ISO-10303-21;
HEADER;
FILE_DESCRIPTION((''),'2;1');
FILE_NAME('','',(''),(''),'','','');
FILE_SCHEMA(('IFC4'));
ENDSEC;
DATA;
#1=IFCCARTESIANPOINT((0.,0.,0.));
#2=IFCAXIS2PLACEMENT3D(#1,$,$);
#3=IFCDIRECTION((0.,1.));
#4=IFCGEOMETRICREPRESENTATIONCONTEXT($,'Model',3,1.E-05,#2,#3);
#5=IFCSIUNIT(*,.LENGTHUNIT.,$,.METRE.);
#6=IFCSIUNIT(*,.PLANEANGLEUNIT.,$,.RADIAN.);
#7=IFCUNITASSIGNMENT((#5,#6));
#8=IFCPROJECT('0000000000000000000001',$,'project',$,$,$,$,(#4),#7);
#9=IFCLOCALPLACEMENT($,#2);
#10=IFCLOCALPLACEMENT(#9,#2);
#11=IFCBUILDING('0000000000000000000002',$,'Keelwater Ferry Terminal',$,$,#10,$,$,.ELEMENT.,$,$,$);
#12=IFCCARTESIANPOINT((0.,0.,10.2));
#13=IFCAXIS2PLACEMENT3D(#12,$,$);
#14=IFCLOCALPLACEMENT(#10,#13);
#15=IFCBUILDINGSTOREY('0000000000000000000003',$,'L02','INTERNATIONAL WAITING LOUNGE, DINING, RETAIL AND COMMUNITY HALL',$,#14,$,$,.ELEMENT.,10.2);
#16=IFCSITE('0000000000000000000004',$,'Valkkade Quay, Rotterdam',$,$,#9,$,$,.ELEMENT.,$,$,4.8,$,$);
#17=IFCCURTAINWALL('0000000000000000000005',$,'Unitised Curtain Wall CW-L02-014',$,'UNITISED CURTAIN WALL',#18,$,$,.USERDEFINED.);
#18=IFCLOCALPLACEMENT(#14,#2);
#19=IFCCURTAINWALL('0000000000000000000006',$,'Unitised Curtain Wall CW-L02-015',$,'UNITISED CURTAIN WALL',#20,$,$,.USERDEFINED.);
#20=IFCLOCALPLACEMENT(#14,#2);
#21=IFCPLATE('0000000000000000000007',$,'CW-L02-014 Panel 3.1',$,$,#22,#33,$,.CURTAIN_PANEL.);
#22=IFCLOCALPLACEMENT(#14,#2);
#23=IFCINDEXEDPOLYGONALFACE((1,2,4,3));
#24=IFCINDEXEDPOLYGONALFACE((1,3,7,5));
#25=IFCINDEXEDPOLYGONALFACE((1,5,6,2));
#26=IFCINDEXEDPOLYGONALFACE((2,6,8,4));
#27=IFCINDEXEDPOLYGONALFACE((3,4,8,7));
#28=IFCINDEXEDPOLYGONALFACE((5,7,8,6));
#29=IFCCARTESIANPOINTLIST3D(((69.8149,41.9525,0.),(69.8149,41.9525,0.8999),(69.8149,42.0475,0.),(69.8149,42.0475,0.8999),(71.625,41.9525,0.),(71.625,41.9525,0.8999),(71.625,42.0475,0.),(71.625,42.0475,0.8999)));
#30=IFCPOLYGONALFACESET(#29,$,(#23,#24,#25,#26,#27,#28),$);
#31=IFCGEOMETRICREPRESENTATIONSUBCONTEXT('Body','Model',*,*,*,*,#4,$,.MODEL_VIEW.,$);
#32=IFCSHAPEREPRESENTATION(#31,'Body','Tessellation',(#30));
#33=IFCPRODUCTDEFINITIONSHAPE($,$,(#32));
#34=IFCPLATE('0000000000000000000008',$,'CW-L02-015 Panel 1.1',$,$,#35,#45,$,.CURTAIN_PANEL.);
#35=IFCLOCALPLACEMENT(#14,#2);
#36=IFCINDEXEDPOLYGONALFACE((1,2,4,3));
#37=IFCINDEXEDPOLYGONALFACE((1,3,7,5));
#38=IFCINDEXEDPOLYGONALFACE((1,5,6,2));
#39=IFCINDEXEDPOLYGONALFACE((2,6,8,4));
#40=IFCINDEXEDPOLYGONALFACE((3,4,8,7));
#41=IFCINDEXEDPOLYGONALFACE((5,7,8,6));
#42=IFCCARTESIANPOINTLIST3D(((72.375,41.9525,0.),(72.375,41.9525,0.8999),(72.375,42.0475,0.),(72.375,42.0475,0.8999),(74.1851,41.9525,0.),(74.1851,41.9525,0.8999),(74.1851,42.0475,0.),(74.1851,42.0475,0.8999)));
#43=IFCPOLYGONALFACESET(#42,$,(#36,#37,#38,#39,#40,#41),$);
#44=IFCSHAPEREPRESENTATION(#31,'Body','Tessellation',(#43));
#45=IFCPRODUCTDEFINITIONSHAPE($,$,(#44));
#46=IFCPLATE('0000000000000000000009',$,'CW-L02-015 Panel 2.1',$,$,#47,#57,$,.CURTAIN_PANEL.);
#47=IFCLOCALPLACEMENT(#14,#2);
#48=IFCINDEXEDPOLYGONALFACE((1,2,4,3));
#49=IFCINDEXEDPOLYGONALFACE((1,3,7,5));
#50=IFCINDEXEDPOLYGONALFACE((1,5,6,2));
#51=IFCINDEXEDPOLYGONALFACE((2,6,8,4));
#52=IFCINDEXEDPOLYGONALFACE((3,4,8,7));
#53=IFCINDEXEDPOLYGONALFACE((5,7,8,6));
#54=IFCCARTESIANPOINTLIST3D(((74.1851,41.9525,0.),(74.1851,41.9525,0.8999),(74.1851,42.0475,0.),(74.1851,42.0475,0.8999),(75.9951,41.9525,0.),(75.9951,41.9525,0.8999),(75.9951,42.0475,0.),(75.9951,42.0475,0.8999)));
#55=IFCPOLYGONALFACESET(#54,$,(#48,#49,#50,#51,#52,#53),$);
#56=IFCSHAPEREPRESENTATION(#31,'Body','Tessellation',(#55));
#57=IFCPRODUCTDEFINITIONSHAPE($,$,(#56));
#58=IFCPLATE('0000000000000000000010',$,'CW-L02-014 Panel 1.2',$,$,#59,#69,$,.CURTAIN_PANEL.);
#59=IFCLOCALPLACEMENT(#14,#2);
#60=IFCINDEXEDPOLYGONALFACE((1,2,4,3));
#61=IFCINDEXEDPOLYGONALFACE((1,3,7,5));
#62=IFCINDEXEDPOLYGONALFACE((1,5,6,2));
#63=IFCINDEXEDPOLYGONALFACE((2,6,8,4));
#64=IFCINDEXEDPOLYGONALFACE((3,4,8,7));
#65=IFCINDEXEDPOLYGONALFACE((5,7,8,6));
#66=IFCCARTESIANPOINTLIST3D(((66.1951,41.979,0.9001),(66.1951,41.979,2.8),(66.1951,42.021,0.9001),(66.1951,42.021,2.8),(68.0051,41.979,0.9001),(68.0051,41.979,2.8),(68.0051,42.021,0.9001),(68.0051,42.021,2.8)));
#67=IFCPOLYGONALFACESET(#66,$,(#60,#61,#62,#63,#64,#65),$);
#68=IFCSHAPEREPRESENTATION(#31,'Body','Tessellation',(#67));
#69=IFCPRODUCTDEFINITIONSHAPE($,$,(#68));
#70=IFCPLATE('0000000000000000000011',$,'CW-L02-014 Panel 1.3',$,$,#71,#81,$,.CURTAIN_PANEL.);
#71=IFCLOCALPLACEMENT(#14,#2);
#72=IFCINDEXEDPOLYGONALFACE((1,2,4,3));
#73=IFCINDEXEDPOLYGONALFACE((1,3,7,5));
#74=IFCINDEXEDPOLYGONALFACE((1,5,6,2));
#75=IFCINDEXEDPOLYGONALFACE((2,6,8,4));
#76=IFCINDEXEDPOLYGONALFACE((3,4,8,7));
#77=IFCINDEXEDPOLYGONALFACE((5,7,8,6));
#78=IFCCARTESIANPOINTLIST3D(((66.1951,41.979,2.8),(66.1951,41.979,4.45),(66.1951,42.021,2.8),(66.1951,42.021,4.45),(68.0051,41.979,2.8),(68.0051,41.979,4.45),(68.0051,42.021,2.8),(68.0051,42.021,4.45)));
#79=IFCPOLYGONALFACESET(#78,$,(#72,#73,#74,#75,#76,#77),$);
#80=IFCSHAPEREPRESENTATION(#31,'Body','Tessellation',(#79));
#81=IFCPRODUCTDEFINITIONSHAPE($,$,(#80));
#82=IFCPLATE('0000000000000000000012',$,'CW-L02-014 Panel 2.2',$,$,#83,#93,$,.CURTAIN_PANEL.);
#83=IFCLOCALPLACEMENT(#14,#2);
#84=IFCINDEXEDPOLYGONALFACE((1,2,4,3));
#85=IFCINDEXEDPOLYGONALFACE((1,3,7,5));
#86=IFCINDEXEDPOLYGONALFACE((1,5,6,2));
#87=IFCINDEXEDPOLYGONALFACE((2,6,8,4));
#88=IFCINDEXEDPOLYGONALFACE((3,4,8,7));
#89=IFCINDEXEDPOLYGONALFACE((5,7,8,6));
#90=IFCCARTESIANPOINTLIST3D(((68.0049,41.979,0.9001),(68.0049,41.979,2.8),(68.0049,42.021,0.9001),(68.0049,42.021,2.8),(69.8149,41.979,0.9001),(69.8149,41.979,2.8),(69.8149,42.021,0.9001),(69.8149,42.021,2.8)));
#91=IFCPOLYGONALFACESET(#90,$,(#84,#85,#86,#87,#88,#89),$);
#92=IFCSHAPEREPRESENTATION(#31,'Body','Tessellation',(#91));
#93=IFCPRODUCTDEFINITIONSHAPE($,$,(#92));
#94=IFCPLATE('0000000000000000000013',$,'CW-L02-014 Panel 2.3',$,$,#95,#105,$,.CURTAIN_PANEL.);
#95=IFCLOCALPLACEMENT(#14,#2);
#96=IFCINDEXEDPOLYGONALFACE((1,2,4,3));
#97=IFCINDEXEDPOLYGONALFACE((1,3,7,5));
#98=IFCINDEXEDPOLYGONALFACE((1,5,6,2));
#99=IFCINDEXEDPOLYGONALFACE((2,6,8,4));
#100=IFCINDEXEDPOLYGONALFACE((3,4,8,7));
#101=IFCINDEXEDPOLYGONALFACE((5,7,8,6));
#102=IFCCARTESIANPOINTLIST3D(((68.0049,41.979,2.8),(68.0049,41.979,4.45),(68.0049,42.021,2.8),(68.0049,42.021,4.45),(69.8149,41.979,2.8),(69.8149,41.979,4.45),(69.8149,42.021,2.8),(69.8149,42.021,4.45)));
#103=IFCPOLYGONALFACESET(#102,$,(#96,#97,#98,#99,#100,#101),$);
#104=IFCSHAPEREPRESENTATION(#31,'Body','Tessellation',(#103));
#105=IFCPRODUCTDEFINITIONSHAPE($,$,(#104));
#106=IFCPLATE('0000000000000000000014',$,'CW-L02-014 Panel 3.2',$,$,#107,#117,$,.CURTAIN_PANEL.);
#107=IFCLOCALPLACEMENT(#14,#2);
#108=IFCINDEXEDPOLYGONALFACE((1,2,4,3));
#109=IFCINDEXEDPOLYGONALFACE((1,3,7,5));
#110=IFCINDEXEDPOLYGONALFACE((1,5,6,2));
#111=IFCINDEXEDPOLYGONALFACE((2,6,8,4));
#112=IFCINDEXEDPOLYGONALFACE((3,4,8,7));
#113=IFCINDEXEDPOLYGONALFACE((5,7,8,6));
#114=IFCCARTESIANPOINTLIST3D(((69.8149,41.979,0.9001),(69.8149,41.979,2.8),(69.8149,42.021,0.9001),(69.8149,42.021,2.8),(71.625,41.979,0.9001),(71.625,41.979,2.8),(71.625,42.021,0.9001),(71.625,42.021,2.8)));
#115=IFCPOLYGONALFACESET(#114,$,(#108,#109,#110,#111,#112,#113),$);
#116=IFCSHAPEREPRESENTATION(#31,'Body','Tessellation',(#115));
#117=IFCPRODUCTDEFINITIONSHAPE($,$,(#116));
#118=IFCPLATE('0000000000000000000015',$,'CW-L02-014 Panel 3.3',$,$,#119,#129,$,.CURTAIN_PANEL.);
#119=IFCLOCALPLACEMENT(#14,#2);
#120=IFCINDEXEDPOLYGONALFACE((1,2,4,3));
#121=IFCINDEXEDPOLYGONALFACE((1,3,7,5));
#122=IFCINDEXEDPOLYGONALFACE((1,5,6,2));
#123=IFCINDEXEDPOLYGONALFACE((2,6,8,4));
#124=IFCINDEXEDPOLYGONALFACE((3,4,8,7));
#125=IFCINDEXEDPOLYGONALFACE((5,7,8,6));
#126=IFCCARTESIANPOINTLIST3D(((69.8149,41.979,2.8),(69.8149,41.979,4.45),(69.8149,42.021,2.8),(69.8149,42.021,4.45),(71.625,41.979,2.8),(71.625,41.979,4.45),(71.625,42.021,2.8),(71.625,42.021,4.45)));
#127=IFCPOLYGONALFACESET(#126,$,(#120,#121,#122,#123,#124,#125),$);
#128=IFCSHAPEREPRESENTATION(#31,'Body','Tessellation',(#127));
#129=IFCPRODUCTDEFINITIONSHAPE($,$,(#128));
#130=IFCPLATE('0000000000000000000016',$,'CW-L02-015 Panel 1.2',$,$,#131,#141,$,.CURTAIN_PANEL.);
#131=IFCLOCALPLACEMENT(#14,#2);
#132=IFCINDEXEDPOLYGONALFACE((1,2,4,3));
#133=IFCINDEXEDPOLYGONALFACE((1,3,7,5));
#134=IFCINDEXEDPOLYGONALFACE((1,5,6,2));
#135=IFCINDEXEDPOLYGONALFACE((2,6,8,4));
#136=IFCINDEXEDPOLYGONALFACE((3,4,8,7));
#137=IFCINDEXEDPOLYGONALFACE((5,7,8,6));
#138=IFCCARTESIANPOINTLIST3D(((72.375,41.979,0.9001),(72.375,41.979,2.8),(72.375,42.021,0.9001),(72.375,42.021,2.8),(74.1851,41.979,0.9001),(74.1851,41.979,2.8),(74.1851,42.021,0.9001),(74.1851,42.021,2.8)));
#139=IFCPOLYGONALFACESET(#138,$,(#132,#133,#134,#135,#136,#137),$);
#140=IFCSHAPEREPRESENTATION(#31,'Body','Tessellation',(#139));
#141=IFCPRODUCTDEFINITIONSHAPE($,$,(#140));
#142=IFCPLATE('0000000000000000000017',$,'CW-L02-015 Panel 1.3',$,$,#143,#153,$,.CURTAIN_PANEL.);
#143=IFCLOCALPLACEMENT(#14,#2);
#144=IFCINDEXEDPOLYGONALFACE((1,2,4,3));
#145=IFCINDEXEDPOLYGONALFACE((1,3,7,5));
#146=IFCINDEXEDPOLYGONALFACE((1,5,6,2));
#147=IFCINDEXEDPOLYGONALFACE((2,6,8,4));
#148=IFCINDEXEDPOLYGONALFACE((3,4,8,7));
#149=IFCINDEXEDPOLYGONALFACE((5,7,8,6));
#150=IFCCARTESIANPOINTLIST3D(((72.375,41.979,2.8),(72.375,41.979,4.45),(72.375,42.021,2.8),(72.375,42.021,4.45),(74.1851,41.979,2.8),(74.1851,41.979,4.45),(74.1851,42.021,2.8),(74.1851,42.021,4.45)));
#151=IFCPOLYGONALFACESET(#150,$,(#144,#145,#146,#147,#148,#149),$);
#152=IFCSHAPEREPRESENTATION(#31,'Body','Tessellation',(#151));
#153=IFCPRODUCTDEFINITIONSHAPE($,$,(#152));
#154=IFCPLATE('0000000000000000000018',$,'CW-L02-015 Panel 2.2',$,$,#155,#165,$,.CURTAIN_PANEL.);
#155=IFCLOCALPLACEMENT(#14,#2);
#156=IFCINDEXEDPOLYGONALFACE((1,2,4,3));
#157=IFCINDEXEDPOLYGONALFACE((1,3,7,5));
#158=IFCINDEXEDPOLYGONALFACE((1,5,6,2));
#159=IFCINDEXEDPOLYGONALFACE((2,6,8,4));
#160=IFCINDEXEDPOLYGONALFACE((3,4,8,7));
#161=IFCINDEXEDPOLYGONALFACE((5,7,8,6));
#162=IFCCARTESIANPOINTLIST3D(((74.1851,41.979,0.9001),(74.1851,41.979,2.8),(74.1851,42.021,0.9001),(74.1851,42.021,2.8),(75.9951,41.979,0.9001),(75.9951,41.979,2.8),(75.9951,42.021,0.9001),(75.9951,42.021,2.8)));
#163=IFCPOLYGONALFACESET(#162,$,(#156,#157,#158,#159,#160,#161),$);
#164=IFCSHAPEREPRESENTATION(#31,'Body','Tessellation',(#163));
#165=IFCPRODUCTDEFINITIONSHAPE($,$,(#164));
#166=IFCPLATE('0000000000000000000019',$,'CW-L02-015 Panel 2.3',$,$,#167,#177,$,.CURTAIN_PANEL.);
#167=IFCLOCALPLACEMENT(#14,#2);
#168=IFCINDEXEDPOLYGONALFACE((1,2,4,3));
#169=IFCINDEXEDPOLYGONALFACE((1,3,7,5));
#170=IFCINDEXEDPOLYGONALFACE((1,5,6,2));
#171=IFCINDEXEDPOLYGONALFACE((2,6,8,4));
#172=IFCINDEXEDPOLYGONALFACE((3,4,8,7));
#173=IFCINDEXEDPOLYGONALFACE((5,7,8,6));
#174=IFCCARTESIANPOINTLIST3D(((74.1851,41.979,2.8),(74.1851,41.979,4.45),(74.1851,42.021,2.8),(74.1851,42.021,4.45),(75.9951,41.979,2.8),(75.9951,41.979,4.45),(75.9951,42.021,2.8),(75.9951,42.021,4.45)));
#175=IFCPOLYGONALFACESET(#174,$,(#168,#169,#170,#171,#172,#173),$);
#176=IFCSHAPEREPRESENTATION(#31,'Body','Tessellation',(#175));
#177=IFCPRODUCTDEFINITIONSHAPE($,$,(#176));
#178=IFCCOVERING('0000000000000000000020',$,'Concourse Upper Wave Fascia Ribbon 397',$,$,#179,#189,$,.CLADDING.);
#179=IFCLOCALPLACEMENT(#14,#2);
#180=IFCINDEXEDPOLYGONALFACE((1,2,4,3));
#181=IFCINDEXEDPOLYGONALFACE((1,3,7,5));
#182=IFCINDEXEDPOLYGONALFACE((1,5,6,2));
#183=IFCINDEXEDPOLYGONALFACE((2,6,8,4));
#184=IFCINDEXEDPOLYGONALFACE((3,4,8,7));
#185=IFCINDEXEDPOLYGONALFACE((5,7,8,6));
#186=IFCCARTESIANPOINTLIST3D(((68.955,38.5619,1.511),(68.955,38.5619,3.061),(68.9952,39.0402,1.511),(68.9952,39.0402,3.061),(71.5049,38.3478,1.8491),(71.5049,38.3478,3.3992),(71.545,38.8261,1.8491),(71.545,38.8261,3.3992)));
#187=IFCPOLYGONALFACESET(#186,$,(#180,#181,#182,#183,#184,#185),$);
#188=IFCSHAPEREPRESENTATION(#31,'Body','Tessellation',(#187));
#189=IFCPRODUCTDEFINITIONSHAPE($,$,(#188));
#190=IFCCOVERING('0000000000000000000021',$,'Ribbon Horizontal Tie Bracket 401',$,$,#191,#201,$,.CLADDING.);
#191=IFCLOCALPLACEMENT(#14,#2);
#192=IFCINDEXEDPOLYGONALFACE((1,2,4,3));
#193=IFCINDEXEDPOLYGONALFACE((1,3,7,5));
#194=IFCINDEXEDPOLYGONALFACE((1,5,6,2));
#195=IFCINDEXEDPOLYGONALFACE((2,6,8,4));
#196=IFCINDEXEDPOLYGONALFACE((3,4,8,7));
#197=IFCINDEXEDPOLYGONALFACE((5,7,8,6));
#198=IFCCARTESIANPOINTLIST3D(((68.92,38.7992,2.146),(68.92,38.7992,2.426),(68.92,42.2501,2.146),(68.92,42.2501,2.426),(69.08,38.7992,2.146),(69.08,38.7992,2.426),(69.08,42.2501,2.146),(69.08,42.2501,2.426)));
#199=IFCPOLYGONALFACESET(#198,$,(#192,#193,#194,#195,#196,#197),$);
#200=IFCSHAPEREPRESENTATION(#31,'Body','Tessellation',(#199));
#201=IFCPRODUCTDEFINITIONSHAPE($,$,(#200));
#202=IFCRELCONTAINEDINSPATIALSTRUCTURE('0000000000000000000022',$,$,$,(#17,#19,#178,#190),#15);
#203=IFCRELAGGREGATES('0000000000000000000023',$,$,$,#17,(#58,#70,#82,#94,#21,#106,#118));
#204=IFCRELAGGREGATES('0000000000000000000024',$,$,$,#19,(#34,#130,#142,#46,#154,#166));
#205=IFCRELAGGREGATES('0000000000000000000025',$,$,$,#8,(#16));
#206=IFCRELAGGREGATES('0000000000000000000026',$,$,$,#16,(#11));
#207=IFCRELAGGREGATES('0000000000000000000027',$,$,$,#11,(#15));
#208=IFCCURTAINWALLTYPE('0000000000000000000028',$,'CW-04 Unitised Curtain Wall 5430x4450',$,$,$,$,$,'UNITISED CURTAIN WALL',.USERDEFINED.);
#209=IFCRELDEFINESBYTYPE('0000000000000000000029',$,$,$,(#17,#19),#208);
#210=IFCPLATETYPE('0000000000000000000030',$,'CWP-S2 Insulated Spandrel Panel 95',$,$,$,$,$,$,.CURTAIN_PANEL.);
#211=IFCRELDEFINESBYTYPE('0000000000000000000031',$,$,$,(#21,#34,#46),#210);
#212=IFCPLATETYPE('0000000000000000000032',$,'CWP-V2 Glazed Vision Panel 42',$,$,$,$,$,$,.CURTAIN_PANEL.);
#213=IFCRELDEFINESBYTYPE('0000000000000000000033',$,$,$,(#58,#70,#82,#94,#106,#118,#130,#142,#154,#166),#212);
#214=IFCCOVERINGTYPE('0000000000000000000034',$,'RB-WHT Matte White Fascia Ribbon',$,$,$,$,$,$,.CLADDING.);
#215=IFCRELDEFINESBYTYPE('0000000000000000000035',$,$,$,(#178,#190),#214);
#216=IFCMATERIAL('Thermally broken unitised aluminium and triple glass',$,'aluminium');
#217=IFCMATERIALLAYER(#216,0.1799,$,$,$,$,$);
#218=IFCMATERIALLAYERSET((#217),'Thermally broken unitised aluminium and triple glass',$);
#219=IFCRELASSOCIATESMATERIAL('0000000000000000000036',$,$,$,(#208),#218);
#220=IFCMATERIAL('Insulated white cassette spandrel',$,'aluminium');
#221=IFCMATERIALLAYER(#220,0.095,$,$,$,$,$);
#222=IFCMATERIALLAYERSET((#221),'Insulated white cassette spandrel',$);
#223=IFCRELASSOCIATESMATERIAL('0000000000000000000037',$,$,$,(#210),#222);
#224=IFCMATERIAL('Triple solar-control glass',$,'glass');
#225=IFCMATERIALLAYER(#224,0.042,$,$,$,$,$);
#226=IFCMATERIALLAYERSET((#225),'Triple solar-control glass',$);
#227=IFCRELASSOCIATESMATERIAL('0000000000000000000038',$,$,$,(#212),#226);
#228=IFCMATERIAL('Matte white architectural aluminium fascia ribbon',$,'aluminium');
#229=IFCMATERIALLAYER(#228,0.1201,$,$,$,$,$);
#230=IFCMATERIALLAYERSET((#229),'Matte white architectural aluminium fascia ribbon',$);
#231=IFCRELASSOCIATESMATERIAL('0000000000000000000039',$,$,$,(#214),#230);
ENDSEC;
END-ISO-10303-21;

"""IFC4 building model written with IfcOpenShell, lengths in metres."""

from ifc_helpers import new_model, si_unit, direction, frame, frame_2d, origin, origin_2d, place, context, subcontext, project, spatial, polyline, rectangle, outline, extrude, material, layer, layer_set, type_object, element, aggregate, save


model = new_model("IFC4")

# Units and contexts
model_context = context("Model", 3, precision=1e-05, world=origin(), true_north=direction((0.0, 1.0)))
body_context = subcontext(model_context, "Body", "Model", "MODEL_VIEW")
ifc_project = project(units=[si_unit("LENGTHUNIT", "METRE"), si_unit("PLANEANGLEUNIT", "RADIAN")], contexts=[model_context])

# Site, building, storey
site_placement = place(None, origin())
site = spatial("IfcSite", under=ifc_project, at=site_placement, Name="Valkkade Quay, Rotterdam", CompositionType="ELEMENT", RefElevation=4.8)
building_placement = place(site_placement, origin())
building = spatial("IfcBuilding", under=site, at=building_placement, Name="Keelwater Ferry Terminal", CompositionType="ELEMENT")
storey_placement = place(building_placement, frame((0.0, 0.0, 10.2)))
storey = spatial("IfcBuildingStorey", under=building, at=storey_placement, Name="L02", Description="INTERNATIONAL WAITING LOUNGE, DINING, RETAIL AND COMMUNITY HALL", CompositionType="ELEMENT", Elevation=10.2)

# Curtain walls
ifc_material_1 = material(Name="Thermally broken unitised aluminium and triple glass", Category="aluminium")
ifc_layer_1 = layer(ifc_material_1, 0.1799)
ifc_layer_set_1 = layer_set([ifc_layer_1], Name="Thermally broken unitised aluminium and triple glass")
curtain_wall_type = type_object("IfcCurtainWallType", Name="CW-04 Unitised Curtain Wall 5430x4450", ElementType="UNITISED CURTAIN WALL", PredefinedType="USERDEFINED", material=ifc_layer_set_1)
curtain_wall_1_placement = place(storey_placement, origin())
curtain_wall_1 = element("IfcCurtainWall", 1, at=curtain_wall_1_placement, inside=storey, type_object=curtain_wall_type, Name="Unitised Curtain Wall CW-L02-014", ObjectType="UNITISED CURTAIN WALL", PredefinedType="USERDEFINED")
curtain_wall_2_placement = place(storey_placement, origin())
curtain_wall_2 = element("IfcCurtainWall", 2, at=curtain_wall_2_placement, inside=storey, type_object=curtain_wall_type, Name="Unitised Curtain Wall CW-L02-015", ObjectType="UNITISED CURTAIN WALL", PredefinedType="USERDEFINED")

# Plates
ifc_material_2 = material(Name="Insulated white cassette spandrel", Category="aluminium")
ifc_layer_2 = layer(ifc_material_2, 0.095)
ifc_layer_set_2 = layer_set([ifc_layer_2], Name="Insulated white cassette spandrel")
plate_type_1 = type_object("IfcPlateType", Name="CWP-S2 Insulated Spandrel Panel 95", PredefinedType="CURTAIN_PANEL", material=ifc_layer_set_2)
plate_1_placement = place(storey_placement, frame((70.72, 42.0, 0.0), z_axis=(0.0, 0.0, 1.0), x_axis=(1.0, 0.0, 0.0)))
plate_1 = element("IfcPlate", 3, at=plate_1_placement, type_object=plate_type_1, Name="CW-L02-014 Panel 3.1", PredefinedType="CURTAIN_PANEL", context=body_context, shape_type="SweptSolid", body=[
    extrude(rectangle(XDim=1.8101, YDim=0.095, at=origin_2d()), origin(), (0.0, 0.0, 1.0), 0.8999),
])
plate_2_placement = place(storey_placement, frame((73.28, 42.0, 0.0), z_axis=(0.0, 0.0, 1.0), x_axis=(1.0, 0.0, 0.0)))
plate_2 = element("IfcPlate", 4, at=plate_2_placement, type_object=plate_type_1, Name="CW-L02-015 Panel 1.1", PredefinedType="CURTAIN_PANEL", context=body_context, shape_type="SweptSolid", body=[
    extrude(rectangle(XDim=1.8101, YDim=0.095, at=origin_2d()), origin(), (0.0, 0.0, 1.0), 0.8999),
])
plate_3_placement = place(storey_placement, frame((75.0901, 42.0, 0.0), z_axis=(0.0, 0.0, 1.0), x_axis=(1.0, 0.0, 0.0)))
plate_3 = element("IfcPlate", 5, at=plate_3_placement, type_object=plate_type_1, Name="CW-L02-015 Panel 2.1", PredefinedType="CURTAIN_PANEL", context=body_context, shape_type="SweptSolid", body=[
    extrude(rectangle(XDim=1.8101, YDim=0.095, at=origin_2d()), origin(), (0.0, 0.0, 1.0), 0.8999),
])
ifc_material_3 = material(Name="Triple solar-control glass", Category="glass")
ifc_layer_3 = layer(ifc_material_3, 0.042)
ifc_layer_set_3 = layer_set([ifc_layer_3], Name="Triple solar-control glass")
plate_type_2 = type_object("IfcPlateType", Name="CWP-V2 Glazed Vision Panel 42", PredefinedType="CURTAIN_PANEL", material=ifc_layer_set_3)
plate_4_placement = place(storey_placement, frame((67.1001, 42.0, 0.9001), z_axis=(0.0, 0.0, 1.0), x_axis=(1.0, 0.0, 0.0)))
plate_4 = element("IfcPlate", 6, at=plate_4_placement, type_object=plate_type_2, Name="CW-L02-014 Panel 1.2", PredefinedType="CURTAIN_PANEL", context=body_context, shape_type="SweptSolid", body=[
    extrude(rectangle(XDim=1.8101, YDim=0.042, at=origin_2d()), origin(), (0.0, 0.0, 1.0), 1.8999),
])
plate_5_placement = place(storey_placement, frame((67.1001, 42.0, 2.8), z_axis=(0.0, 0.0, 1.0), x_axis=(1.0, 0.0, 0.0)))
plate_5 = element("IfcPlate", 7, at=plate_5_placement, type_object=plate_type_2, Name="CW-L02-014 Panel 1.3", PredefinedType="CURTAIN_PANEL", context=body_context, shape_type="SweptSolid", body=[
    extrude(rectangle(XDim=1.8101, YDim=0.042, at=origin_2d()), origin(), (0.0, 0.0, 1.0), 1.6499),
])
plate_6_placement = place(storey_placement, frame((68.9099, 42.0, 0.9001), z_axis=(0.0, 0.0, 1.0), x_axis=(1.0, 0.0, 0.0)))
plate_6 = element("IfcPlate", 8, at=plate_6_placement, type_object=plate_type_2, Name="CW-L02-014 Panel 2.2", PredefinedType="CURTAIN_PANEL", context=body_context, shape_type="SweptSolid", body=[
    extrude(rectangle(XDim=1.8101, YDim=0.042, at=origin_2d()), origin(), (0.0, 0.0, 1.0), 1.8999),
])
plate_7_placement = place(storey_placement, frame((68.9099, 42.0, 2.8), z_axis=(0.0, 0.0, 1.0), x_axis=(1.0, 0.0, 0.0)))
plate_7 = element("IfcPlate", 9, at=plate_7_placement, type_object=plate_type_2, Name="CW-L02-014 Panel 2.3", PredefinedType="CURTAIN_PANEL", context=body_context, shape_type="SweptSolid", body=[
    extrude(rectangle(XDim=1.8101, YDim=0.042, at=origin_2d()), origin(), (0.0, 0.0, 1.0), 1.6499),
])
plate_8_placement = place(storey_placement, frame((70.72, 42.0, 0.9001), z_axis=(0.0, 0.0, 1.0), x_axis=(1.0, 0.0, 0.0)))
plate_8 = element("IfcPlate", 10, at=plate_8_placement, type_object=plate_type_2, Name="CW-L02-014 Panel 3.2", PredefinedType="CURTAIN_PANEL", context=body_context, shape_type="SweptSolid", body=[
    extrude(rectangle(XDim=1.8101, YDim=0.042, at=origin_2d()), origin(), (0.0, 0.0, 1.0), 1.8999),
])
plate_9_placement = place(storey_placement, frame((70.72, 42.0, 2.8), z_axis=(0.0, 0.0, 1.0), x_axis=(1.0, 0.0, 0.0)))
plate_9 = element("IfcPlate", 11, at=plate_9_placement, type_object=plate_type_2, Name="CW-L02-014 Panel 3.3", PredefinedType="CURTAIN_PANEL", context=body_context, shape_type="SweptSolid", body=[
    extrude(rectangle(XDim=1.8101, YDim=0.042, at=origin_2d()), origin(), (0.0, 0.0, 1.0), 1.6499),
])
aggregate(curtain_wall_1, [plate_4, plate_5, plate_6, plate_7, plate_1, plate_8, plate_9])
plate_10_placement = place(storey_placement, frame((73.28, 42.0, 0.9001), z_axis=(0.0, 0.0, 1.0), x_axis=(1.0, 0.0, 0.0)))
plate_10 = element("IfcPlate", 12, at=plate_10_placement, type_object=plate_type_2, Name="CW-L02-015 Panel 1.2", PredefinedType="CURTAIN_PANEL", context=body_context, shape_type="SweptSolid", body=[
    extrude(rectangle(XDim=1.8101, YDim=0.042, at=origin_2d()), origin(), (0.0, 0.0, 1.0), 1.8999),
])
plate_11_placement = place(storey_placement, frame((73.28, 42.0, 2.8), z_axis=(0.0, 0.0, 1.0), x_axis=(1.0, 0.0, 0.0)))
plate_11 = element("IfcPlate", 13, at=plate_11_placement, type_object=plate_type_2, Name="CW-L02-015 Panel 1.3", PredefinedType="CURTAIN_PANEL", context=body_context, shape_type="SweptSolid", body=[
    extrude(rectangle(XDim=1.8101, YDim=0.042, at=origin_2d()), origin(), (0.0, 0.0, 1.0), 1.6499),
])
plate_12_placement = place(storey_placement, frame((75.0901, 42.0, 0.9001), z_axis=(0.0, 0.0, 1.0), x_axis=(1.0, 0.0, 0.0)))
plate_12 = element("IfcPlate", 14, at=plate_12_placement, type_object=plate_type_2, Name="CW-L02-015 Panel 2.2", PredefinedType="CURTAIN_PANEL", context=body_context, shape_type="SweptSolid", body=[
    extrude(rectangle(XDim=1.8101, YDim=0.042, at=origin_2d()), origin(), (0.0, 0.0, 1.0), 1.8999),
])
plate_13_placement = place(storey_placement, frame((75.0901, 42.0, 2.8), z_axis=(0.0, 0.0, 1.0), x_axis=(1.0, 0.0, 0.0)))
plate_13 = element("IfcPlate", 15, at=plate_13_placement, type_object=plate_type_2, Name="CW-L02-015 Panel 2.3", PredefinedType="CURTAIN_PANEL", context=body_context, shape_type="SweptSolid", body=[
    extrude(rectangle(XDim=1.8101, YDim=0.042, at=origin_2d()), origin(), (0.0, 0.0, 1.0), 1.6499),
])
aggregate(curtain_wall_2, [plate_2, plate_10, plate_11, plate_3, plate_12, plate_13])

# Coverings
ifc_material_4 = material(Name="Matte white architectural aluminium fascia ribbon", Category="aluminium")
ifc_layer_4 = layer(ifc_material_4, 0.1201)
ifc_layer_set_4 = layer_set([ifc_layer_4], Name="Matte white architectural aluminium fascia ribbon")
covering_type = type_object("IfcCoveringType", Name="RB-WHT Matte White Fascia Ribbon", PredefinedType="CLADDING", material=ifc_layer_set_4)
covering_1_placement = place(storey_placement, frame((68.9751, 38.801, 1.511), z_axis=(0.0, 0.0, 1.0), x_axis=(0.996493, -0.083677, 0.0)))
element("IfcCovering", 16, at=covering_1_placement, inside=storey, type_object=covering_type, Name="Concourse Upper Wave Fascia Ribbon 397", PredefinedType="CLADDING", context=body_context, shape_type="SweptSolid", body=[
    extrude(outline(polyline([(0.0, 0.0), (2.5588, 0.3381), (2.5588, 1.8882), (0.0, 1.55), (0.0, 0.0)])), frame((0.0, 0.24, 0.0), z_axis=(0.0, -1.0, 0.0), x_axis=(1.0, 0.0, 0.0)), (0.0, 0.0, 1.0), 0.48),
])
covering_2_placement = place(storey_placement, frame((69.0, 38.7991, 2.146), z_axis=(0.0, 0.0, 1.0), x_axis=(0.0, 1.0, 0.0)))
element("IfcCovering", 17, at=covering_2_placement, inside=storey, type_object=covering_type, Name="Ribbon Horizontal Tie Bracket 401", PredefinedType="CLADDING", context=body_context, shape_type="SweptSolid", body=[
    extrude(rectangle(XDim=3.4509, YDim=0.1599, at=frame_2d((1.7256, 0.0))), origin(), (0.0, 0.0, 1.0), 0.28),
])

save(model, "model.ifc")
